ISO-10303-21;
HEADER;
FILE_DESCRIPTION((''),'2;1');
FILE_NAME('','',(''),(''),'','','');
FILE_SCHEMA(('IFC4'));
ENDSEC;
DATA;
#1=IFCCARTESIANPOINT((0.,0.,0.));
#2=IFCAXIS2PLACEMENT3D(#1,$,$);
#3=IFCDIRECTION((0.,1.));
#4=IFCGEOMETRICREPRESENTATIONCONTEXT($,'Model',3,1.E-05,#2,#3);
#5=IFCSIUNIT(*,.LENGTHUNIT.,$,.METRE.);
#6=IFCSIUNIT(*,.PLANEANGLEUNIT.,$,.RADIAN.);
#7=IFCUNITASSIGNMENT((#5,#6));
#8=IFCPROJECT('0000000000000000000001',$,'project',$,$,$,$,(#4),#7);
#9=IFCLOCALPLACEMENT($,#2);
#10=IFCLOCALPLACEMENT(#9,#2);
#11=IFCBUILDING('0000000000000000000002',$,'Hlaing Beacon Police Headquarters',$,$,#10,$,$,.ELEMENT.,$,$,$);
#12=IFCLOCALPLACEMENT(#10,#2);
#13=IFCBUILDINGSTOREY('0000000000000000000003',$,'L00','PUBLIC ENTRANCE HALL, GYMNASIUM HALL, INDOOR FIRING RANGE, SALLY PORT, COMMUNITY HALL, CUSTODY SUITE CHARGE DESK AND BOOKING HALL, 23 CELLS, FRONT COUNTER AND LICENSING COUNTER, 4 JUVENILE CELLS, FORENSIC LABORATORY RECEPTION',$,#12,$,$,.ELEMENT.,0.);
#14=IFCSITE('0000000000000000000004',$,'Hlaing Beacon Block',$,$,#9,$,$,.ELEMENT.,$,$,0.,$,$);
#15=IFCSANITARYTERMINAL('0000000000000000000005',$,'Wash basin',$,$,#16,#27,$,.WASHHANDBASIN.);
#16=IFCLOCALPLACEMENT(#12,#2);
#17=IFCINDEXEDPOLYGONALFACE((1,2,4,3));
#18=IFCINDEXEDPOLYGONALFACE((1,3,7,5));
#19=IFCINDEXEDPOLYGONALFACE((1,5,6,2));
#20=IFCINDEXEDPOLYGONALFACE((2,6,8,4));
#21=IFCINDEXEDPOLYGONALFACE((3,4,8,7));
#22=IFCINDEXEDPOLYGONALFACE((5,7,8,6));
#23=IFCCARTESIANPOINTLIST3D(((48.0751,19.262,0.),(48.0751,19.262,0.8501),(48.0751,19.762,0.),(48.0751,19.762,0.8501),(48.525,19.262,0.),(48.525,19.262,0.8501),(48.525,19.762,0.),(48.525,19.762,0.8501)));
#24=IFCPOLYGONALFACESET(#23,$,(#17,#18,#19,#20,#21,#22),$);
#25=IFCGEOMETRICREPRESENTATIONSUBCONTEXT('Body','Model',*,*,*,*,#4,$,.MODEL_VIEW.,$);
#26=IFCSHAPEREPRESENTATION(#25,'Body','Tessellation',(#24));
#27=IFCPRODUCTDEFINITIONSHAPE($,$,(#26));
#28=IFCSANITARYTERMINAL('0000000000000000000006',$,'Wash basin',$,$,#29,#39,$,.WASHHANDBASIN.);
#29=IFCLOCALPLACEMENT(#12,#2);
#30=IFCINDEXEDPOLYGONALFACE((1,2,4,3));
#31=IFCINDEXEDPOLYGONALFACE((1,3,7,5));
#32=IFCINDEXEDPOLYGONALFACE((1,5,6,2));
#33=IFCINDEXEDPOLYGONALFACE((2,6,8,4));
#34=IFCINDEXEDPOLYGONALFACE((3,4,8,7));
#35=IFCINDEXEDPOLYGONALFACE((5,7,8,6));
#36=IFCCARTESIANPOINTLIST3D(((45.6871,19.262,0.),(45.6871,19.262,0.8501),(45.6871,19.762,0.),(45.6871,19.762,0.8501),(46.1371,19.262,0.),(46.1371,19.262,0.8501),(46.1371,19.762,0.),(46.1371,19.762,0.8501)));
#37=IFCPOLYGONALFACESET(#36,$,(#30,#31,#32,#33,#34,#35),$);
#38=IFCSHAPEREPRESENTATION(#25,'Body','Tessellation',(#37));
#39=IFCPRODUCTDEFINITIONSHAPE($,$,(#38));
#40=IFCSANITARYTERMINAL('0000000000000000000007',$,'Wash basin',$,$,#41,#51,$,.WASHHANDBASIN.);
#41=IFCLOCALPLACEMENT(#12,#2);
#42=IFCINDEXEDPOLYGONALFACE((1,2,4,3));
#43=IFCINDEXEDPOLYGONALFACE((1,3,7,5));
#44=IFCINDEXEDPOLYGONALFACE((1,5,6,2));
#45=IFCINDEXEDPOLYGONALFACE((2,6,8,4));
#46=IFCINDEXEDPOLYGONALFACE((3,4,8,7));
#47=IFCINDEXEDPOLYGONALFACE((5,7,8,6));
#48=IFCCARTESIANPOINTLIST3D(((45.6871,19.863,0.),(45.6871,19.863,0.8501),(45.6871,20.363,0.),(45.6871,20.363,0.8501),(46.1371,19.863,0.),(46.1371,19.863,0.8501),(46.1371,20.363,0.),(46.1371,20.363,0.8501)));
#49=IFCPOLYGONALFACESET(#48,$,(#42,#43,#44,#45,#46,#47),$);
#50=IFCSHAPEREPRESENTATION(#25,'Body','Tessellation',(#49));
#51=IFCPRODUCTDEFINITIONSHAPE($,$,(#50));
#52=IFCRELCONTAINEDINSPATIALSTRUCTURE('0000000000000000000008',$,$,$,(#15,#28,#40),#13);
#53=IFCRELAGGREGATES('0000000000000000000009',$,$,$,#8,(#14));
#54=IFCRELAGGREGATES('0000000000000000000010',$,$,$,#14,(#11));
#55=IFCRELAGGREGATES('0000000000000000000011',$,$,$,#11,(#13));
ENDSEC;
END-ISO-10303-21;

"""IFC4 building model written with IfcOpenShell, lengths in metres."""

from ifc_helpers import new_model, si_unit, direction, frame, origin, origin_2d, place, context, subcontext, project, spatial, rectangle, extrude, element, save


model = new_model("IFC4")

# Units and contexts
model_context = context("Model", 3, precision=1e-05, world=origin(), true_north=direction((0.0, 1.0)))
body_context = subcontext(model_context, "Body", "Model", "MODEL_VIEW")
ifc_project = project(units=[si_unit("LENGTHUNIT", "METRE"), si_unit("PLANEANGLEUNIT", "RADIAN")], contexts=[model_context])

# Site, building, storey
site_placement = place(None, origin())
site = spatial("IfcSite", under=ifc_project, at=site_placement, Name="Hlaing Beacon Block", CompositionType="ELEMENT", RefElevation=0.0)
building_placement = place(site_placement, origin())
building = spatial("IfcBuilding", under=site, at=building_placement, Name="Hlaing Beacon Police Headquarters", CompositionType="ELEMENT")
storey_placement = place(building_placement, origin())
storey = spatial("IfcBuildingStorey", under=building, at=storey_placement, Name="L00", Description="PUBLIC ENTRANCE HALL, GYMNASIUM HALL, INDOOR FIRING RANGE, SALLY PORT, COMMUNITY HALL, CUSTODY SUITE CHARGE DESK AND BOOKING HALL, 23 CELLS, FRONT COUNTER AND LICENSING COUNTER, 4 JUVENILE CELLS, FORENSIC LABORATORY RECEPTION", CompositionType="ELEMENT", Elevation=0.0)

# Sanitary terminals
for number, where, z_axis, x_axis, name in (
    (1, (48.3, 19.512, 0.0), (0.0, 0.0, 1.0), (1.0, 0.0, 0.0), "Wash basin"),
    (2, (45.9121, 19.512, 0.0), (0.0, 0.0, 1.0), (1.0, 0.0, 0.0), "Wash basin"),
    (3, (45.9121, 20.113, 0.0), (0.0, 0.0, 1.0), (1.0, 0.0, 0.0), "Wash basin"),
):
    element("IfcSanitaryTerminal", number, at=place(storey_placement, frame(where, z_axis=z_axis, x_axis=x_axis)), inside=storey, Name=name, PredefinedType="WASHHANDBASIN", context=body_context, shape_type="SweptSolid", body=[
        extrude(rectangle(XDim=0.45, YDim=0.5, at=origin_2d()), origin(), (0.0, 0.0, 1.0), 0.8501),
    ])

save(model, "model.ifc")
